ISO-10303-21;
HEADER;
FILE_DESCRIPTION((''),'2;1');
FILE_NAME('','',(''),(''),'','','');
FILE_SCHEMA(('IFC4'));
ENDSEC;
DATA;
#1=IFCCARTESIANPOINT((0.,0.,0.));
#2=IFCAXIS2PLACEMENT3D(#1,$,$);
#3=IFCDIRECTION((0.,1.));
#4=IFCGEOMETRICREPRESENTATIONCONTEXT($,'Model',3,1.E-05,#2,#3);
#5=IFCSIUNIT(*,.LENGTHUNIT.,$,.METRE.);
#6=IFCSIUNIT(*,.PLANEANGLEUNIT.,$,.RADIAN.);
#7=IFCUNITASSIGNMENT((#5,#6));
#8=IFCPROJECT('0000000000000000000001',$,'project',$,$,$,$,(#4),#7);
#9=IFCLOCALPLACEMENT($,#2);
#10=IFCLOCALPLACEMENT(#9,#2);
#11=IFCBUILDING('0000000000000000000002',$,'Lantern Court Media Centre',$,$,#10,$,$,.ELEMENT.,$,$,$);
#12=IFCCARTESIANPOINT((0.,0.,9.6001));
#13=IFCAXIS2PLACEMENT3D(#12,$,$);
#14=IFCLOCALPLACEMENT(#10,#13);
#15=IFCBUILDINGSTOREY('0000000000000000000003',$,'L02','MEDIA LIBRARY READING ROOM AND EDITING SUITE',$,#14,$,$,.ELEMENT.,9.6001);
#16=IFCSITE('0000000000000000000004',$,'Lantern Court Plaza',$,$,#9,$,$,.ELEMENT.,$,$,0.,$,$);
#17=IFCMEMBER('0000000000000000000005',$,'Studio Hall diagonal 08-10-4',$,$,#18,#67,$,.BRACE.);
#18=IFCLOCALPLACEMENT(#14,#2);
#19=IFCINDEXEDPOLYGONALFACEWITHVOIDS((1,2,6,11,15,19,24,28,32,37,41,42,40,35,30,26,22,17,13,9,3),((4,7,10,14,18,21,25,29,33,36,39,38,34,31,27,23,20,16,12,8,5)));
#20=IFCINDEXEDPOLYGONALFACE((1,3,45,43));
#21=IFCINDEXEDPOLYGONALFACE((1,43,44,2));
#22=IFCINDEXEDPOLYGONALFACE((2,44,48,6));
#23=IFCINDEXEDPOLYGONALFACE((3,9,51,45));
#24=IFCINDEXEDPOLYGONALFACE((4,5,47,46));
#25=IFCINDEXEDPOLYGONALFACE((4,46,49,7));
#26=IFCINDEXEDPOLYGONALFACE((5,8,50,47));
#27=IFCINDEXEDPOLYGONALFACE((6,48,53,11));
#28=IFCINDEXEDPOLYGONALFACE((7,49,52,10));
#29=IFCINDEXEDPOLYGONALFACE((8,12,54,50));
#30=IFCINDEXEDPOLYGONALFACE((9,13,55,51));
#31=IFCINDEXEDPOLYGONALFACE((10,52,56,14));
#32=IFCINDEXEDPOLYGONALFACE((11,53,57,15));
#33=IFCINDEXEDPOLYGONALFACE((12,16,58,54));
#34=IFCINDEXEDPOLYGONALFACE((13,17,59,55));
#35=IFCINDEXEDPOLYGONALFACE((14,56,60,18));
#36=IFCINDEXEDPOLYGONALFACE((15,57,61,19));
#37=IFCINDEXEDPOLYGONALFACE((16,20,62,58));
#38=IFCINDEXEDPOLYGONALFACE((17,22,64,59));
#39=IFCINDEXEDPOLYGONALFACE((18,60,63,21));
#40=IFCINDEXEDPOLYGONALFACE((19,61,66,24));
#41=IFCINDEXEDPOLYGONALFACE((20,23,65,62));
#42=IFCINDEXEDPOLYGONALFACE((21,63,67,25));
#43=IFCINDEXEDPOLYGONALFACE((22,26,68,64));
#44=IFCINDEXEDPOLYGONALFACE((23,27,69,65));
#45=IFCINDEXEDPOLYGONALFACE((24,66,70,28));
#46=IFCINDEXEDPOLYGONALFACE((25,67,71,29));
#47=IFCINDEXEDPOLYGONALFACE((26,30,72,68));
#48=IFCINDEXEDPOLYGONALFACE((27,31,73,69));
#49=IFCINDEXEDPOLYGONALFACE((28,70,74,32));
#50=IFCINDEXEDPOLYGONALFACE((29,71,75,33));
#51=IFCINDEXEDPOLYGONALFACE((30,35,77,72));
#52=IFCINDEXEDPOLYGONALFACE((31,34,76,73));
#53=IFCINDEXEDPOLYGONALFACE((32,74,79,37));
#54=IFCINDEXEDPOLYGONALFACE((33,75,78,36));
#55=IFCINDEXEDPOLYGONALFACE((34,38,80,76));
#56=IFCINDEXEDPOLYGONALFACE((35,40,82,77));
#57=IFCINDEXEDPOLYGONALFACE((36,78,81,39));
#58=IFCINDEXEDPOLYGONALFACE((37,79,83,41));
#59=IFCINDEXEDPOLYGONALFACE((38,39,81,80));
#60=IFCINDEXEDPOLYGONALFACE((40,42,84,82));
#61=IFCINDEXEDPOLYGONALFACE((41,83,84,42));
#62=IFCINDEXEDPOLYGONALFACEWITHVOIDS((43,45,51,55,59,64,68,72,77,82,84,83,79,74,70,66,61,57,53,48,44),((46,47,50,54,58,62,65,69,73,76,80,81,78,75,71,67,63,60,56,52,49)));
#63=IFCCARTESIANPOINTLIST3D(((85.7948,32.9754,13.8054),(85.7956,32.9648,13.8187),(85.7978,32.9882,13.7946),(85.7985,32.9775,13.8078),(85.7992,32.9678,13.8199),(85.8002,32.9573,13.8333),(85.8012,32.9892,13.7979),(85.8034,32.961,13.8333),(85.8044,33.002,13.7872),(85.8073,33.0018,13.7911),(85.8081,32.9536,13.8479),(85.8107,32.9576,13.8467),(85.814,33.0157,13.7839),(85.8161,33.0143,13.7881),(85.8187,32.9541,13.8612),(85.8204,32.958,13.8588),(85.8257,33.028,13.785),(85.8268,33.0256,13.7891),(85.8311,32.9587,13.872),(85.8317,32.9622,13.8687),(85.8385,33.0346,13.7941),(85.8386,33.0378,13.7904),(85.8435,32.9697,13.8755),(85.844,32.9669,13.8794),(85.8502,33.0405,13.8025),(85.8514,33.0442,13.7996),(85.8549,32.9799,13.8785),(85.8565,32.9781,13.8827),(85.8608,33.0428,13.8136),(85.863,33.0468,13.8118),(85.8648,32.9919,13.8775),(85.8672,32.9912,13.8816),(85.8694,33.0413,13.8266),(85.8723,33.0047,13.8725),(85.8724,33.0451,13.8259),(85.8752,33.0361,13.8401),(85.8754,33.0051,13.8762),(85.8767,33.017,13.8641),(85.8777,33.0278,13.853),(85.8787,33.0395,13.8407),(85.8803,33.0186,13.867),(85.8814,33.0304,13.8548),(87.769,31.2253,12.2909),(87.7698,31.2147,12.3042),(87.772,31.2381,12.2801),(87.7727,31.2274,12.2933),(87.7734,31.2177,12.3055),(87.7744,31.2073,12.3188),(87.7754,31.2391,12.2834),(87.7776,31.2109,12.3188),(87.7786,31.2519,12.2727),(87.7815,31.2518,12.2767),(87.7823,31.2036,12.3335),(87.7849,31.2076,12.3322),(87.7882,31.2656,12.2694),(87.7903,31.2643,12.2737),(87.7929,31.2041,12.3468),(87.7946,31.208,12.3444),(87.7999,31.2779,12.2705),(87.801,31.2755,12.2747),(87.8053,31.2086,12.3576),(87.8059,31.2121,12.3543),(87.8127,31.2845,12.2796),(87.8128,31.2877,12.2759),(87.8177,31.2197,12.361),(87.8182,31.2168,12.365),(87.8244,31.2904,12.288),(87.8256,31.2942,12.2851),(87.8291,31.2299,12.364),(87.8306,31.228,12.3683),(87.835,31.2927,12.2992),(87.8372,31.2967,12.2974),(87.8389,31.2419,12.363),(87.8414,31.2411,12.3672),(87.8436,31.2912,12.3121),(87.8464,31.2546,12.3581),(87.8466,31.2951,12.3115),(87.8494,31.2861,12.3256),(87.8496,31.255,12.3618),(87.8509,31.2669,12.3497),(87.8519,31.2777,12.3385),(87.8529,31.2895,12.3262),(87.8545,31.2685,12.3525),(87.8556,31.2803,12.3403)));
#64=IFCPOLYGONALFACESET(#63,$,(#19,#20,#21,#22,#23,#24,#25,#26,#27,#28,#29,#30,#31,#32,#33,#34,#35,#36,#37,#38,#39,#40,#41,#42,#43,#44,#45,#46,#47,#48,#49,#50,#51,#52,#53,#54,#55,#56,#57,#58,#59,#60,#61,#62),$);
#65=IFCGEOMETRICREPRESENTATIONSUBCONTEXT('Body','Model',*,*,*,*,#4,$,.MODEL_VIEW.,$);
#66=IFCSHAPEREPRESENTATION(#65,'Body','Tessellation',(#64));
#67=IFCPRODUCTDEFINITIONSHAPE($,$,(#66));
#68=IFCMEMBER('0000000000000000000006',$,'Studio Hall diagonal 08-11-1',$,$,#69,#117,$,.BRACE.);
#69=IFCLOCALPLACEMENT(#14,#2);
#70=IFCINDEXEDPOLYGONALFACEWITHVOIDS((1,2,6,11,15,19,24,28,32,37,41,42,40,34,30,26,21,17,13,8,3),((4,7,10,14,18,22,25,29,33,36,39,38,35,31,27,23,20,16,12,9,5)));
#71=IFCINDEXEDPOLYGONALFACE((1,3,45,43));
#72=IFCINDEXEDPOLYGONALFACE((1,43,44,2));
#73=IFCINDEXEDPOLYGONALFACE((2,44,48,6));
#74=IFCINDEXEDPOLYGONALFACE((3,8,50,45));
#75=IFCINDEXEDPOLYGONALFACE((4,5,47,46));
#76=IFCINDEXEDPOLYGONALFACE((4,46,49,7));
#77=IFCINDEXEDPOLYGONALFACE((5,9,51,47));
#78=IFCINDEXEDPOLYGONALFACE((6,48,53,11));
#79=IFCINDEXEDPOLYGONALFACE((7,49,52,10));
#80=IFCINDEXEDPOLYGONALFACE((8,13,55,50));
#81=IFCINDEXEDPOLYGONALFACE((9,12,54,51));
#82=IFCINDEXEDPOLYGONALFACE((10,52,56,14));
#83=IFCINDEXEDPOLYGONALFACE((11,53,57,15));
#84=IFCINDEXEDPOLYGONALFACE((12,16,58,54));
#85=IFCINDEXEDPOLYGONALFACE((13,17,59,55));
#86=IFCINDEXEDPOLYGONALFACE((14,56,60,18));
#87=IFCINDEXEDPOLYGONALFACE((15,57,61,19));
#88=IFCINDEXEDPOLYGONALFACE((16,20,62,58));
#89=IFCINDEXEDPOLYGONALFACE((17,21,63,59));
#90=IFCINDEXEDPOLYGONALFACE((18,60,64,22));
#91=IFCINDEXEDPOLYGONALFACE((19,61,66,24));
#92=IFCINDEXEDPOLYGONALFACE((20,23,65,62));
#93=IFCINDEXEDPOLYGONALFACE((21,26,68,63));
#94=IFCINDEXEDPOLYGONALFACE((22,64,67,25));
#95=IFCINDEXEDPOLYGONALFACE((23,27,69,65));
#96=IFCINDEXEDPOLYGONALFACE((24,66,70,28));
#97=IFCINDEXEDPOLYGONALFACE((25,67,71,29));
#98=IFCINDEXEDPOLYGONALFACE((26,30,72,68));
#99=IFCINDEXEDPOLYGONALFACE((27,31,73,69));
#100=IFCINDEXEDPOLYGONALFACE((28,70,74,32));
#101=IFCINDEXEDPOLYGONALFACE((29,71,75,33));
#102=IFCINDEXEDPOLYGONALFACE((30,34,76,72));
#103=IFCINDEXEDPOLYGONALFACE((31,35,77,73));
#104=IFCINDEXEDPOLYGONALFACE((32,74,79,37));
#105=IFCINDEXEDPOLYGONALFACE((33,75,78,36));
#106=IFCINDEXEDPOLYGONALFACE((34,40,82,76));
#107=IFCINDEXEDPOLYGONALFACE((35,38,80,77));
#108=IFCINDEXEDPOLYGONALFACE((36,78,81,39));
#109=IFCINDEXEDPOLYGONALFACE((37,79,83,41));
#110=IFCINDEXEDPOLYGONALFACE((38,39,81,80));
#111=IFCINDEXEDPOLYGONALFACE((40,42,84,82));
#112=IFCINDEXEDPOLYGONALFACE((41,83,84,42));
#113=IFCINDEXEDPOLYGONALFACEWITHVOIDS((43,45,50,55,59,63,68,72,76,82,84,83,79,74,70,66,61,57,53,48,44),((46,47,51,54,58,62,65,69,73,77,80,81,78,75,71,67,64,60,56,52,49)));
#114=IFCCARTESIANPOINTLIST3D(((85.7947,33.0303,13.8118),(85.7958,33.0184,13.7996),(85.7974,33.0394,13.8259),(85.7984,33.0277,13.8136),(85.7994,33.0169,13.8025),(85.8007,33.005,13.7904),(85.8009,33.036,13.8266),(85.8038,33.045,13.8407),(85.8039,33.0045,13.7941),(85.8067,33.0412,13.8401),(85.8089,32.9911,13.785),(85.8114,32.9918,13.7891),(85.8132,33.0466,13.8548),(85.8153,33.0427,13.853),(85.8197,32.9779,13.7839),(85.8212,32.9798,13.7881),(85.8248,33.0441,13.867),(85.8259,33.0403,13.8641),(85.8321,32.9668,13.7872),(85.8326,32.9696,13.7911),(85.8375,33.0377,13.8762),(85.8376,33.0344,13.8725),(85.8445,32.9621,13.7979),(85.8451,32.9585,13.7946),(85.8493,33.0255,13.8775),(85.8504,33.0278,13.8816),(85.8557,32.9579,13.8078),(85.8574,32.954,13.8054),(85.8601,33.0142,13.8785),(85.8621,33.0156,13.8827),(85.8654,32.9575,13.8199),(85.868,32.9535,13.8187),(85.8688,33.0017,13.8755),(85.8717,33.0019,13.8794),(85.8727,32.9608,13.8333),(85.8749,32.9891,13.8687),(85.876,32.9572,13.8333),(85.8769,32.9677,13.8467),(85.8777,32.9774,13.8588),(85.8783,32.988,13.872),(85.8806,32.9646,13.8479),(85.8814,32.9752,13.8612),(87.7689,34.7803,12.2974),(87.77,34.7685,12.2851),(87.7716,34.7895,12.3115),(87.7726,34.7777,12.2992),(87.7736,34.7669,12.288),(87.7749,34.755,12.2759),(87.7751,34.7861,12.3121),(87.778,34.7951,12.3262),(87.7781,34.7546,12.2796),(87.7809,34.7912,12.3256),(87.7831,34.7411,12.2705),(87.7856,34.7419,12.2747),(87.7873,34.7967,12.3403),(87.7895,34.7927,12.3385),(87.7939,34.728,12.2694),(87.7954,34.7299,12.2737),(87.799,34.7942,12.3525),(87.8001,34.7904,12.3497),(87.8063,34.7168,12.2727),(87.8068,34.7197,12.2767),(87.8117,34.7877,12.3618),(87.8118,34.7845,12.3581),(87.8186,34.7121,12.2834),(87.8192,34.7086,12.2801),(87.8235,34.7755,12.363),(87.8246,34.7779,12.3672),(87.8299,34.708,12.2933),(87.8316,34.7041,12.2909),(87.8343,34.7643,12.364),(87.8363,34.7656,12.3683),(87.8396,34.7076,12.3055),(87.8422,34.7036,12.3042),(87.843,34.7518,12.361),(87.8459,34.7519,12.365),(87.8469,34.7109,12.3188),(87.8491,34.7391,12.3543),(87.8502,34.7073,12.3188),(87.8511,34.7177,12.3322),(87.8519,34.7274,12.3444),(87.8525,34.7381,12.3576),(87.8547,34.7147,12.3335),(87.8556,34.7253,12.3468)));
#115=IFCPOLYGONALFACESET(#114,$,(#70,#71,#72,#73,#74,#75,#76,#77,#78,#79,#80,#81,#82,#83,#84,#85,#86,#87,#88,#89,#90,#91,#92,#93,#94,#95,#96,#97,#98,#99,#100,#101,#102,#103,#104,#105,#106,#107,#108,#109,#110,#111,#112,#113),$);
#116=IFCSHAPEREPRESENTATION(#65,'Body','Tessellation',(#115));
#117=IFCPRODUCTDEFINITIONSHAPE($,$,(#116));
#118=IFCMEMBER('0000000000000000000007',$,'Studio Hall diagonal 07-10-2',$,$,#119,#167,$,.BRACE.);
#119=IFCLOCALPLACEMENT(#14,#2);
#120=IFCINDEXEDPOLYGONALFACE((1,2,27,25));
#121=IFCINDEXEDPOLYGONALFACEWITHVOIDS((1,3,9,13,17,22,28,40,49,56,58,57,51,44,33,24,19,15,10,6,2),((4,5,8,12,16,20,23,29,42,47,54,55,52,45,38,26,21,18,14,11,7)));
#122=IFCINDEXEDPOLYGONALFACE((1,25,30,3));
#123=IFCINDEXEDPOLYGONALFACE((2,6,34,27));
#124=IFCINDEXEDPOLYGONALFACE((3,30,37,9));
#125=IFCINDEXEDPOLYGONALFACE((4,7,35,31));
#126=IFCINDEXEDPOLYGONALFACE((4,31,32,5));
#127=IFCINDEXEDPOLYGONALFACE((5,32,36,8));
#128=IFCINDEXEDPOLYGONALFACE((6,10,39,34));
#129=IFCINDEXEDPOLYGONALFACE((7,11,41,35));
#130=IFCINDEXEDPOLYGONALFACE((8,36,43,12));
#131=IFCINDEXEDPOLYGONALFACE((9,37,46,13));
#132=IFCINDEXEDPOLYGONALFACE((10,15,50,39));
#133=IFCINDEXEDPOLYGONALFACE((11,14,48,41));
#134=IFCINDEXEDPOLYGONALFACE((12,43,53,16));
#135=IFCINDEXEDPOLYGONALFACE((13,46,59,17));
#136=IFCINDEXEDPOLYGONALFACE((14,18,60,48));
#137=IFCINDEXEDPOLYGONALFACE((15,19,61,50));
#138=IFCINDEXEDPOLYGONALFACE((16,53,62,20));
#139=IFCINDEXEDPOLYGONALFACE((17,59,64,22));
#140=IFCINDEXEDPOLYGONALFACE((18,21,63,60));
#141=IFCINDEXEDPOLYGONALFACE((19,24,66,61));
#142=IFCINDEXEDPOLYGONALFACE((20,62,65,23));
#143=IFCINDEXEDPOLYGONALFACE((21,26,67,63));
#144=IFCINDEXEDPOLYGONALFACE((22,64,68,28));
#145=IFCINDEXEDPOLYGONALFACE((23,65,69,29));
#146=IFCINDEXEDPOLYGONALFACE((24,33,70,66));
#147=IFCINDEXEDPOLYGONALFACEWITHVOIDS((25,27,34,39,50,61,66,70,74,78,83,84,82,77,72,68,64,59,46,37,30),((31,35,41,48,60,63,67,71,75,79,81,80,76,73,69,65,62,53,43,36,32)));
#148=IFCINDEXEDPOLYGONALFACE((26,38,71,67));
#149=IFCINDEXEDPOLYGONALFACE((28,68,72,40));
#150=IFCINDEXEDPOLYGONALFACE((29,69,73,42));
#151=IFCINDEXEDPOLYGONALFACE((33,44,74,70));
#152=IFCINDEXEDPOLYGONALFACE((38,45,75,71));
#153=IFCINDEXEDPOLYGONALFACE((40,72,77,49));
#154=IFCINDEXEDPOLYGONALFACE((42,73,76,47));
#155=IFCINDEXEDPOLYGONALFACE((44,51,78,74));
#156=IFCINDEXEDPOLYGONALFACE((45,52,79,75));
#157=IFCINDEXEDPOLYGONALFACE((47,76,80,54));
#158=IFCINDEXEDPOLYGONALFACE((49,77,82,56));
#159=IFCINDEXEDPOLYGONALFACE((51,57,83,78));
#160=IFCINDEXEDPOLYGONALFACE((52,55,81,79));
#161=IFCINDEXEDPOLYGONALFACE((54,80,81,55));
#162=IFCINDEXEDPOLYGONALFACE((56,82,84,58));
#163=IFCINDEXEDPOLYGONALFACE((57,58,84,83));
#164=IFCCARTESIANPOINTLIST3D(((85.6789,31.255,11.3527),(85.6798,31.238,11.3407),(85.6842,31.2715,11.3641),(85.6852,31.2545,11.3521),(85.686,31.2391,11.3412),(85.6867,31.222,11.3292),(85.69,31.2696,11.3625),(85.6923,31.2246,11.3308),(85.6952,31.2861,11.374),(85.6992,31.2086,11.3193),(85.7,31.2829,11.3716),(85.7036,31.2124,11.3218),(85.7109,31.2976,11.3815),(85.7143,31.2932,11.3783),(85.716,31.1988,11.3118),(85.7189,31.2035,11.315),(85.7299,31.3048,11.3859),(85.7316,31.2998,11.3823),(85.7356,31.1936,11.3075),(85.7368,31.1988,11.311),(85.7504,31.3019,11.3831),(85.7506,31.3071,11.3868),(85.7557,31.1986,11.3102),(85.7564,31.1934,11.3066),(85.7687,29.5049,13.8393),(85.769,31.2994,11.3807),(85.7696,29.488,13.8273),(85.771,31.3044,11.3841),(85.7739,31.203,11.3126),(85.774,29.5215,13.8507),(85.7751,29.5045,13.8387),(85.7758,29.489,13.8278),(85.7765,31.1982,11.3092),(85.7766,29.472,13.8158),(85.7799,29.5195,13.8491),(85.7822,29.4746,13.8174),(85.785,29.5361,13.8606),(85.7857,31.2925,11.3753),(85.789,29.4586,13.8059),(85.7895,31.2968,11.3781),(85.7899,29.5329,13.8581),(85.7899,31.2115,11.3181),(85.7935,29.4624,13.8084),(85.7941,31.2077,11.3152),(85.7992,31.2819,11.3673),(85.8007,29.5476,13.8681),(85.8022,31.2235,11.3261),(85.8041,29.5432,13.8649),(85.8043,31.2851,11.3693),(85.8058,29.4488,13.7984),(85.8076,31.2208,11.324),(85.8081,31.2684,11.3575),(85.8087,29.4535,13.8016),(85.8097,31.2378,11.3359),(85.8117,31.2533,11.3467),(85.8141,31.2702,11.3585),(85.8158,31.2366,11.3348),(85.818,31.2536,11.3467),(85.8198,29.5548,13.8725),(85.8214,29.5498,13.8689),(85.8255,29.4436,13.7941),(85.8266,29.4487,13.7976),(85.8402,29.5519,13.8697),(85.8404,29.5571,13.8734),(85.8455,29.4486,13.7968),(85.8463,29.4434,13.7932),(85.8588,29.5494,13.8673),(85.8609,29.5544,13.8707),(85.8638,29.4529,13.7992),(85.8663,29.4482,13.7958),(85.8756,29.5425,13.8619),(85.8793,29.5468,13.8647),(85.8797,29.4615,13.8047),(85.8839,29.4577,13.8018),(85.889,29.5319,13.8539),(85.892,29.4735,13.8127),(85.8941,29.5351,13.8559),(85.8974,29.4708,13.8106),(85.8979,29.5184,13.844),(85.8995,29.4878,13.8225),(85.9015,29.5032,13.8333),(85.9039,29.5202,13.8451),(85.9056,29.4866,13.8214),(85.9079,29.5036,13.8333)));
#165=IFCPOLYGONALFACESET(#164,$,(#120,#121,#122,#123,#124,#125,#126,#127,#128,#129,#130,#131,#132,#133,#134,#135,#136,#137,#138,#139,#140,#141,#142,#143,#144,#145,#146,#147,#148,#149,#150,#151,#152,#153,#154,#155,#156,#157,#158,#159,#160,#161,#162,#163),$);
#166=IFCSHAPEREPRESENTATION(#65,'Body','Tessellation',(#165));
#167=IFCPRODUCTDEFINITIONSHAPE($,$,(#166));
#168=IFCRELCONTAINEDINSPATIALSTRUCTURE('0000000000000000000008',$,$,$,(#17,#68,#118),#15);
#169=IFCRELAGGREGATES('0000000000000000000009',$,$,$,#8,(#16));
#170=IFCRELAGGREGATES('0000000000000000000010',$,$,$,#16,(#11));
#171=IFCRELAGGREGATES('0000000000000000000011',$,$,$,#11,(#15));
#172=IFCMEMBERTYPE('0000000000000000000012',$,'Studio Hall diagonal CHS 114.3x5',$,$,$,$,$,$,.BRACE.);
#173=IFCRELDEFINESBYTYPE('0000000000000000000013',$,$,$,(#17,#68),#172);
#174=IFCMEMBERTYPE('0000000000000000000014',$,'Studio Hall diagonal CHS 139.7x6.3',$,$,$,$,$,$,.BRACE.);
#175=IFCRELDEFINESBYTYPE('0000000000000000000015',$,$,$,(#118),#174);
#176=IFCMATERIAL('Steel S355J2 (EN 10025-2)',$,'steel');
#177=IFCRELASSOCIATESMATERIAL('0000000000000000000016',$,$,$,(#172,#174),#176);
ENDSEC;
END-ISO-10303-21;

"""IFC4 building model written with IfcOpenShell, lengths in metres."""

from ifc_helpers import new_model, si_unit, direction, frame, origin, origin_2d, place, context, subcontext, project, spatial, hollow_circle, extrude, material, material_profile, profile_set, type_object, element, save


model = new_model("IFC4")

# Units and contexts
model_context = context("Model", 3, precision=1e-05, world=origin(), true_north=direction((0.0, 1.0)))
body_context = subcontext(model_context, "Body", "Model", "MODEL_VIEW")
ifc_project = project(units=[si_unit("LENGTHUNIT", "METRE"), si_unit("PLANEANGLEUNIT", "RADIAN")], contexts=[model_context])

# Site, building, storey
site_placement = place(None, origin())
site = spatial("IfcSite", under=ifc_project, at=site_placement, Name="Lantern Court Plaza", CompositionType="ELEMENT", RefElevation=0.0)
building_placement = place(site_placement, origin())
building = spatial("IfcBuilding", under=site, at=building_placement, Name="Lantern Court Media Centre", CompositionType="ELEMENT")
storey_placement = place(building_placement, frame((0.0, 0.0, 9.6001)))
storey = spatial("IfcBuildingStorey", under=building, at=storey_placement, Name="L02", Description="MEDIA LIBRARY READING ROOM AND EDITING SUITE", CompositionType="ELEMENT", Elevation=9.6001)

# Members
ifc_material = material(Name="Steel S355J2 (EN 10025-2)", Category="steel")
ifc_material_profile_1 = material_profile(ifc_material, hollow_circle(Radius=0.0571, WallThickness=0.0049, at=origin_2d()), Name="Studio Hall diagonal CHS 114.3x5")
ifc_profile_set_1 = profile_set([ifc_material_profile_1], Name="Steel S355J2 (EN 10025-2)")
member_type_1 = type_object("IfcMemberType", Name="Studio Hall diagonal CHS 114.3x5", PredefinedType="BRACE", material=ifc_profile_set_1)
for number, where, z_axis, x_axis, name in (
    (1, (87.8123, 31.25, 12.3188), (-0.648979, 0.575301, 0.49785), (-0.663352, -0.748307, 0.0), "Studio Hall diagonal 08-10-4"),
    (2, (87.8123, 34.75, 12.3188), (-0.648979, -0.575301, 0.49785), (0.663352, -0.748307, 0.0), "Studio Hall diagonal 08-11-1"),
):
    element("IfcMember", number, at=place(storey_placement, frame(where, z_axis=z_axis, x_axis=x_axis)), inside=storey, type_object=member_type_1, Name=name, PredefinedType="BRACE", context=body_context, shape_type="SweptSolid", body=[
        extrude(hollow_circle(Radius=0.0571, WallThickness=0.0049, at=origin_2d()), origin(), (0.0, 0.0, 1.0), 3.042),
    ])
ifc_material_profile_2 = material_profile(ifc_material, hollow_circle(Radius=0.0698, WallThickness=0.0063, at=origin_2d()), Name="Studio Hall diagonal CHS 139.7x6.3")
ifc_profile_set_2 = profile_set([ifc_material_profile_2], Name="Steel S355J2 (EN 10025-2)")
member_type_2 = type_object("IfcMemberType", Name="Studio Hall diagonal CHS 139.7x6.3", PredefinedType="BRACE", material=ifc_profile_set_2)
for number, where, z_axis, x_axis, name in (
    (3, (85.7483, 31.25, 11.3467), (0.029535, -0.575284, 0.81742), (0.998685, 0.051272, 0.0), "Studio Hall diagonal 07-10-2"),
):
    element("IfcMember", number, at=place(storey_placement, frame(where, z_axis=z_axis, x_axis=x_axis)), inside=storey, type_object=member_type_2, Name=name, PredefinedType="BRACE", context=body_context, shape_type="SweptSolid", body=[
        extrude(hollow_circle(Radius=0.0698, WallThickness=0.0063, at=origin_2d()), origin(), (0.0, 0.0, 1.0), 3.042),
    ])

save(model, "model.ifc")
